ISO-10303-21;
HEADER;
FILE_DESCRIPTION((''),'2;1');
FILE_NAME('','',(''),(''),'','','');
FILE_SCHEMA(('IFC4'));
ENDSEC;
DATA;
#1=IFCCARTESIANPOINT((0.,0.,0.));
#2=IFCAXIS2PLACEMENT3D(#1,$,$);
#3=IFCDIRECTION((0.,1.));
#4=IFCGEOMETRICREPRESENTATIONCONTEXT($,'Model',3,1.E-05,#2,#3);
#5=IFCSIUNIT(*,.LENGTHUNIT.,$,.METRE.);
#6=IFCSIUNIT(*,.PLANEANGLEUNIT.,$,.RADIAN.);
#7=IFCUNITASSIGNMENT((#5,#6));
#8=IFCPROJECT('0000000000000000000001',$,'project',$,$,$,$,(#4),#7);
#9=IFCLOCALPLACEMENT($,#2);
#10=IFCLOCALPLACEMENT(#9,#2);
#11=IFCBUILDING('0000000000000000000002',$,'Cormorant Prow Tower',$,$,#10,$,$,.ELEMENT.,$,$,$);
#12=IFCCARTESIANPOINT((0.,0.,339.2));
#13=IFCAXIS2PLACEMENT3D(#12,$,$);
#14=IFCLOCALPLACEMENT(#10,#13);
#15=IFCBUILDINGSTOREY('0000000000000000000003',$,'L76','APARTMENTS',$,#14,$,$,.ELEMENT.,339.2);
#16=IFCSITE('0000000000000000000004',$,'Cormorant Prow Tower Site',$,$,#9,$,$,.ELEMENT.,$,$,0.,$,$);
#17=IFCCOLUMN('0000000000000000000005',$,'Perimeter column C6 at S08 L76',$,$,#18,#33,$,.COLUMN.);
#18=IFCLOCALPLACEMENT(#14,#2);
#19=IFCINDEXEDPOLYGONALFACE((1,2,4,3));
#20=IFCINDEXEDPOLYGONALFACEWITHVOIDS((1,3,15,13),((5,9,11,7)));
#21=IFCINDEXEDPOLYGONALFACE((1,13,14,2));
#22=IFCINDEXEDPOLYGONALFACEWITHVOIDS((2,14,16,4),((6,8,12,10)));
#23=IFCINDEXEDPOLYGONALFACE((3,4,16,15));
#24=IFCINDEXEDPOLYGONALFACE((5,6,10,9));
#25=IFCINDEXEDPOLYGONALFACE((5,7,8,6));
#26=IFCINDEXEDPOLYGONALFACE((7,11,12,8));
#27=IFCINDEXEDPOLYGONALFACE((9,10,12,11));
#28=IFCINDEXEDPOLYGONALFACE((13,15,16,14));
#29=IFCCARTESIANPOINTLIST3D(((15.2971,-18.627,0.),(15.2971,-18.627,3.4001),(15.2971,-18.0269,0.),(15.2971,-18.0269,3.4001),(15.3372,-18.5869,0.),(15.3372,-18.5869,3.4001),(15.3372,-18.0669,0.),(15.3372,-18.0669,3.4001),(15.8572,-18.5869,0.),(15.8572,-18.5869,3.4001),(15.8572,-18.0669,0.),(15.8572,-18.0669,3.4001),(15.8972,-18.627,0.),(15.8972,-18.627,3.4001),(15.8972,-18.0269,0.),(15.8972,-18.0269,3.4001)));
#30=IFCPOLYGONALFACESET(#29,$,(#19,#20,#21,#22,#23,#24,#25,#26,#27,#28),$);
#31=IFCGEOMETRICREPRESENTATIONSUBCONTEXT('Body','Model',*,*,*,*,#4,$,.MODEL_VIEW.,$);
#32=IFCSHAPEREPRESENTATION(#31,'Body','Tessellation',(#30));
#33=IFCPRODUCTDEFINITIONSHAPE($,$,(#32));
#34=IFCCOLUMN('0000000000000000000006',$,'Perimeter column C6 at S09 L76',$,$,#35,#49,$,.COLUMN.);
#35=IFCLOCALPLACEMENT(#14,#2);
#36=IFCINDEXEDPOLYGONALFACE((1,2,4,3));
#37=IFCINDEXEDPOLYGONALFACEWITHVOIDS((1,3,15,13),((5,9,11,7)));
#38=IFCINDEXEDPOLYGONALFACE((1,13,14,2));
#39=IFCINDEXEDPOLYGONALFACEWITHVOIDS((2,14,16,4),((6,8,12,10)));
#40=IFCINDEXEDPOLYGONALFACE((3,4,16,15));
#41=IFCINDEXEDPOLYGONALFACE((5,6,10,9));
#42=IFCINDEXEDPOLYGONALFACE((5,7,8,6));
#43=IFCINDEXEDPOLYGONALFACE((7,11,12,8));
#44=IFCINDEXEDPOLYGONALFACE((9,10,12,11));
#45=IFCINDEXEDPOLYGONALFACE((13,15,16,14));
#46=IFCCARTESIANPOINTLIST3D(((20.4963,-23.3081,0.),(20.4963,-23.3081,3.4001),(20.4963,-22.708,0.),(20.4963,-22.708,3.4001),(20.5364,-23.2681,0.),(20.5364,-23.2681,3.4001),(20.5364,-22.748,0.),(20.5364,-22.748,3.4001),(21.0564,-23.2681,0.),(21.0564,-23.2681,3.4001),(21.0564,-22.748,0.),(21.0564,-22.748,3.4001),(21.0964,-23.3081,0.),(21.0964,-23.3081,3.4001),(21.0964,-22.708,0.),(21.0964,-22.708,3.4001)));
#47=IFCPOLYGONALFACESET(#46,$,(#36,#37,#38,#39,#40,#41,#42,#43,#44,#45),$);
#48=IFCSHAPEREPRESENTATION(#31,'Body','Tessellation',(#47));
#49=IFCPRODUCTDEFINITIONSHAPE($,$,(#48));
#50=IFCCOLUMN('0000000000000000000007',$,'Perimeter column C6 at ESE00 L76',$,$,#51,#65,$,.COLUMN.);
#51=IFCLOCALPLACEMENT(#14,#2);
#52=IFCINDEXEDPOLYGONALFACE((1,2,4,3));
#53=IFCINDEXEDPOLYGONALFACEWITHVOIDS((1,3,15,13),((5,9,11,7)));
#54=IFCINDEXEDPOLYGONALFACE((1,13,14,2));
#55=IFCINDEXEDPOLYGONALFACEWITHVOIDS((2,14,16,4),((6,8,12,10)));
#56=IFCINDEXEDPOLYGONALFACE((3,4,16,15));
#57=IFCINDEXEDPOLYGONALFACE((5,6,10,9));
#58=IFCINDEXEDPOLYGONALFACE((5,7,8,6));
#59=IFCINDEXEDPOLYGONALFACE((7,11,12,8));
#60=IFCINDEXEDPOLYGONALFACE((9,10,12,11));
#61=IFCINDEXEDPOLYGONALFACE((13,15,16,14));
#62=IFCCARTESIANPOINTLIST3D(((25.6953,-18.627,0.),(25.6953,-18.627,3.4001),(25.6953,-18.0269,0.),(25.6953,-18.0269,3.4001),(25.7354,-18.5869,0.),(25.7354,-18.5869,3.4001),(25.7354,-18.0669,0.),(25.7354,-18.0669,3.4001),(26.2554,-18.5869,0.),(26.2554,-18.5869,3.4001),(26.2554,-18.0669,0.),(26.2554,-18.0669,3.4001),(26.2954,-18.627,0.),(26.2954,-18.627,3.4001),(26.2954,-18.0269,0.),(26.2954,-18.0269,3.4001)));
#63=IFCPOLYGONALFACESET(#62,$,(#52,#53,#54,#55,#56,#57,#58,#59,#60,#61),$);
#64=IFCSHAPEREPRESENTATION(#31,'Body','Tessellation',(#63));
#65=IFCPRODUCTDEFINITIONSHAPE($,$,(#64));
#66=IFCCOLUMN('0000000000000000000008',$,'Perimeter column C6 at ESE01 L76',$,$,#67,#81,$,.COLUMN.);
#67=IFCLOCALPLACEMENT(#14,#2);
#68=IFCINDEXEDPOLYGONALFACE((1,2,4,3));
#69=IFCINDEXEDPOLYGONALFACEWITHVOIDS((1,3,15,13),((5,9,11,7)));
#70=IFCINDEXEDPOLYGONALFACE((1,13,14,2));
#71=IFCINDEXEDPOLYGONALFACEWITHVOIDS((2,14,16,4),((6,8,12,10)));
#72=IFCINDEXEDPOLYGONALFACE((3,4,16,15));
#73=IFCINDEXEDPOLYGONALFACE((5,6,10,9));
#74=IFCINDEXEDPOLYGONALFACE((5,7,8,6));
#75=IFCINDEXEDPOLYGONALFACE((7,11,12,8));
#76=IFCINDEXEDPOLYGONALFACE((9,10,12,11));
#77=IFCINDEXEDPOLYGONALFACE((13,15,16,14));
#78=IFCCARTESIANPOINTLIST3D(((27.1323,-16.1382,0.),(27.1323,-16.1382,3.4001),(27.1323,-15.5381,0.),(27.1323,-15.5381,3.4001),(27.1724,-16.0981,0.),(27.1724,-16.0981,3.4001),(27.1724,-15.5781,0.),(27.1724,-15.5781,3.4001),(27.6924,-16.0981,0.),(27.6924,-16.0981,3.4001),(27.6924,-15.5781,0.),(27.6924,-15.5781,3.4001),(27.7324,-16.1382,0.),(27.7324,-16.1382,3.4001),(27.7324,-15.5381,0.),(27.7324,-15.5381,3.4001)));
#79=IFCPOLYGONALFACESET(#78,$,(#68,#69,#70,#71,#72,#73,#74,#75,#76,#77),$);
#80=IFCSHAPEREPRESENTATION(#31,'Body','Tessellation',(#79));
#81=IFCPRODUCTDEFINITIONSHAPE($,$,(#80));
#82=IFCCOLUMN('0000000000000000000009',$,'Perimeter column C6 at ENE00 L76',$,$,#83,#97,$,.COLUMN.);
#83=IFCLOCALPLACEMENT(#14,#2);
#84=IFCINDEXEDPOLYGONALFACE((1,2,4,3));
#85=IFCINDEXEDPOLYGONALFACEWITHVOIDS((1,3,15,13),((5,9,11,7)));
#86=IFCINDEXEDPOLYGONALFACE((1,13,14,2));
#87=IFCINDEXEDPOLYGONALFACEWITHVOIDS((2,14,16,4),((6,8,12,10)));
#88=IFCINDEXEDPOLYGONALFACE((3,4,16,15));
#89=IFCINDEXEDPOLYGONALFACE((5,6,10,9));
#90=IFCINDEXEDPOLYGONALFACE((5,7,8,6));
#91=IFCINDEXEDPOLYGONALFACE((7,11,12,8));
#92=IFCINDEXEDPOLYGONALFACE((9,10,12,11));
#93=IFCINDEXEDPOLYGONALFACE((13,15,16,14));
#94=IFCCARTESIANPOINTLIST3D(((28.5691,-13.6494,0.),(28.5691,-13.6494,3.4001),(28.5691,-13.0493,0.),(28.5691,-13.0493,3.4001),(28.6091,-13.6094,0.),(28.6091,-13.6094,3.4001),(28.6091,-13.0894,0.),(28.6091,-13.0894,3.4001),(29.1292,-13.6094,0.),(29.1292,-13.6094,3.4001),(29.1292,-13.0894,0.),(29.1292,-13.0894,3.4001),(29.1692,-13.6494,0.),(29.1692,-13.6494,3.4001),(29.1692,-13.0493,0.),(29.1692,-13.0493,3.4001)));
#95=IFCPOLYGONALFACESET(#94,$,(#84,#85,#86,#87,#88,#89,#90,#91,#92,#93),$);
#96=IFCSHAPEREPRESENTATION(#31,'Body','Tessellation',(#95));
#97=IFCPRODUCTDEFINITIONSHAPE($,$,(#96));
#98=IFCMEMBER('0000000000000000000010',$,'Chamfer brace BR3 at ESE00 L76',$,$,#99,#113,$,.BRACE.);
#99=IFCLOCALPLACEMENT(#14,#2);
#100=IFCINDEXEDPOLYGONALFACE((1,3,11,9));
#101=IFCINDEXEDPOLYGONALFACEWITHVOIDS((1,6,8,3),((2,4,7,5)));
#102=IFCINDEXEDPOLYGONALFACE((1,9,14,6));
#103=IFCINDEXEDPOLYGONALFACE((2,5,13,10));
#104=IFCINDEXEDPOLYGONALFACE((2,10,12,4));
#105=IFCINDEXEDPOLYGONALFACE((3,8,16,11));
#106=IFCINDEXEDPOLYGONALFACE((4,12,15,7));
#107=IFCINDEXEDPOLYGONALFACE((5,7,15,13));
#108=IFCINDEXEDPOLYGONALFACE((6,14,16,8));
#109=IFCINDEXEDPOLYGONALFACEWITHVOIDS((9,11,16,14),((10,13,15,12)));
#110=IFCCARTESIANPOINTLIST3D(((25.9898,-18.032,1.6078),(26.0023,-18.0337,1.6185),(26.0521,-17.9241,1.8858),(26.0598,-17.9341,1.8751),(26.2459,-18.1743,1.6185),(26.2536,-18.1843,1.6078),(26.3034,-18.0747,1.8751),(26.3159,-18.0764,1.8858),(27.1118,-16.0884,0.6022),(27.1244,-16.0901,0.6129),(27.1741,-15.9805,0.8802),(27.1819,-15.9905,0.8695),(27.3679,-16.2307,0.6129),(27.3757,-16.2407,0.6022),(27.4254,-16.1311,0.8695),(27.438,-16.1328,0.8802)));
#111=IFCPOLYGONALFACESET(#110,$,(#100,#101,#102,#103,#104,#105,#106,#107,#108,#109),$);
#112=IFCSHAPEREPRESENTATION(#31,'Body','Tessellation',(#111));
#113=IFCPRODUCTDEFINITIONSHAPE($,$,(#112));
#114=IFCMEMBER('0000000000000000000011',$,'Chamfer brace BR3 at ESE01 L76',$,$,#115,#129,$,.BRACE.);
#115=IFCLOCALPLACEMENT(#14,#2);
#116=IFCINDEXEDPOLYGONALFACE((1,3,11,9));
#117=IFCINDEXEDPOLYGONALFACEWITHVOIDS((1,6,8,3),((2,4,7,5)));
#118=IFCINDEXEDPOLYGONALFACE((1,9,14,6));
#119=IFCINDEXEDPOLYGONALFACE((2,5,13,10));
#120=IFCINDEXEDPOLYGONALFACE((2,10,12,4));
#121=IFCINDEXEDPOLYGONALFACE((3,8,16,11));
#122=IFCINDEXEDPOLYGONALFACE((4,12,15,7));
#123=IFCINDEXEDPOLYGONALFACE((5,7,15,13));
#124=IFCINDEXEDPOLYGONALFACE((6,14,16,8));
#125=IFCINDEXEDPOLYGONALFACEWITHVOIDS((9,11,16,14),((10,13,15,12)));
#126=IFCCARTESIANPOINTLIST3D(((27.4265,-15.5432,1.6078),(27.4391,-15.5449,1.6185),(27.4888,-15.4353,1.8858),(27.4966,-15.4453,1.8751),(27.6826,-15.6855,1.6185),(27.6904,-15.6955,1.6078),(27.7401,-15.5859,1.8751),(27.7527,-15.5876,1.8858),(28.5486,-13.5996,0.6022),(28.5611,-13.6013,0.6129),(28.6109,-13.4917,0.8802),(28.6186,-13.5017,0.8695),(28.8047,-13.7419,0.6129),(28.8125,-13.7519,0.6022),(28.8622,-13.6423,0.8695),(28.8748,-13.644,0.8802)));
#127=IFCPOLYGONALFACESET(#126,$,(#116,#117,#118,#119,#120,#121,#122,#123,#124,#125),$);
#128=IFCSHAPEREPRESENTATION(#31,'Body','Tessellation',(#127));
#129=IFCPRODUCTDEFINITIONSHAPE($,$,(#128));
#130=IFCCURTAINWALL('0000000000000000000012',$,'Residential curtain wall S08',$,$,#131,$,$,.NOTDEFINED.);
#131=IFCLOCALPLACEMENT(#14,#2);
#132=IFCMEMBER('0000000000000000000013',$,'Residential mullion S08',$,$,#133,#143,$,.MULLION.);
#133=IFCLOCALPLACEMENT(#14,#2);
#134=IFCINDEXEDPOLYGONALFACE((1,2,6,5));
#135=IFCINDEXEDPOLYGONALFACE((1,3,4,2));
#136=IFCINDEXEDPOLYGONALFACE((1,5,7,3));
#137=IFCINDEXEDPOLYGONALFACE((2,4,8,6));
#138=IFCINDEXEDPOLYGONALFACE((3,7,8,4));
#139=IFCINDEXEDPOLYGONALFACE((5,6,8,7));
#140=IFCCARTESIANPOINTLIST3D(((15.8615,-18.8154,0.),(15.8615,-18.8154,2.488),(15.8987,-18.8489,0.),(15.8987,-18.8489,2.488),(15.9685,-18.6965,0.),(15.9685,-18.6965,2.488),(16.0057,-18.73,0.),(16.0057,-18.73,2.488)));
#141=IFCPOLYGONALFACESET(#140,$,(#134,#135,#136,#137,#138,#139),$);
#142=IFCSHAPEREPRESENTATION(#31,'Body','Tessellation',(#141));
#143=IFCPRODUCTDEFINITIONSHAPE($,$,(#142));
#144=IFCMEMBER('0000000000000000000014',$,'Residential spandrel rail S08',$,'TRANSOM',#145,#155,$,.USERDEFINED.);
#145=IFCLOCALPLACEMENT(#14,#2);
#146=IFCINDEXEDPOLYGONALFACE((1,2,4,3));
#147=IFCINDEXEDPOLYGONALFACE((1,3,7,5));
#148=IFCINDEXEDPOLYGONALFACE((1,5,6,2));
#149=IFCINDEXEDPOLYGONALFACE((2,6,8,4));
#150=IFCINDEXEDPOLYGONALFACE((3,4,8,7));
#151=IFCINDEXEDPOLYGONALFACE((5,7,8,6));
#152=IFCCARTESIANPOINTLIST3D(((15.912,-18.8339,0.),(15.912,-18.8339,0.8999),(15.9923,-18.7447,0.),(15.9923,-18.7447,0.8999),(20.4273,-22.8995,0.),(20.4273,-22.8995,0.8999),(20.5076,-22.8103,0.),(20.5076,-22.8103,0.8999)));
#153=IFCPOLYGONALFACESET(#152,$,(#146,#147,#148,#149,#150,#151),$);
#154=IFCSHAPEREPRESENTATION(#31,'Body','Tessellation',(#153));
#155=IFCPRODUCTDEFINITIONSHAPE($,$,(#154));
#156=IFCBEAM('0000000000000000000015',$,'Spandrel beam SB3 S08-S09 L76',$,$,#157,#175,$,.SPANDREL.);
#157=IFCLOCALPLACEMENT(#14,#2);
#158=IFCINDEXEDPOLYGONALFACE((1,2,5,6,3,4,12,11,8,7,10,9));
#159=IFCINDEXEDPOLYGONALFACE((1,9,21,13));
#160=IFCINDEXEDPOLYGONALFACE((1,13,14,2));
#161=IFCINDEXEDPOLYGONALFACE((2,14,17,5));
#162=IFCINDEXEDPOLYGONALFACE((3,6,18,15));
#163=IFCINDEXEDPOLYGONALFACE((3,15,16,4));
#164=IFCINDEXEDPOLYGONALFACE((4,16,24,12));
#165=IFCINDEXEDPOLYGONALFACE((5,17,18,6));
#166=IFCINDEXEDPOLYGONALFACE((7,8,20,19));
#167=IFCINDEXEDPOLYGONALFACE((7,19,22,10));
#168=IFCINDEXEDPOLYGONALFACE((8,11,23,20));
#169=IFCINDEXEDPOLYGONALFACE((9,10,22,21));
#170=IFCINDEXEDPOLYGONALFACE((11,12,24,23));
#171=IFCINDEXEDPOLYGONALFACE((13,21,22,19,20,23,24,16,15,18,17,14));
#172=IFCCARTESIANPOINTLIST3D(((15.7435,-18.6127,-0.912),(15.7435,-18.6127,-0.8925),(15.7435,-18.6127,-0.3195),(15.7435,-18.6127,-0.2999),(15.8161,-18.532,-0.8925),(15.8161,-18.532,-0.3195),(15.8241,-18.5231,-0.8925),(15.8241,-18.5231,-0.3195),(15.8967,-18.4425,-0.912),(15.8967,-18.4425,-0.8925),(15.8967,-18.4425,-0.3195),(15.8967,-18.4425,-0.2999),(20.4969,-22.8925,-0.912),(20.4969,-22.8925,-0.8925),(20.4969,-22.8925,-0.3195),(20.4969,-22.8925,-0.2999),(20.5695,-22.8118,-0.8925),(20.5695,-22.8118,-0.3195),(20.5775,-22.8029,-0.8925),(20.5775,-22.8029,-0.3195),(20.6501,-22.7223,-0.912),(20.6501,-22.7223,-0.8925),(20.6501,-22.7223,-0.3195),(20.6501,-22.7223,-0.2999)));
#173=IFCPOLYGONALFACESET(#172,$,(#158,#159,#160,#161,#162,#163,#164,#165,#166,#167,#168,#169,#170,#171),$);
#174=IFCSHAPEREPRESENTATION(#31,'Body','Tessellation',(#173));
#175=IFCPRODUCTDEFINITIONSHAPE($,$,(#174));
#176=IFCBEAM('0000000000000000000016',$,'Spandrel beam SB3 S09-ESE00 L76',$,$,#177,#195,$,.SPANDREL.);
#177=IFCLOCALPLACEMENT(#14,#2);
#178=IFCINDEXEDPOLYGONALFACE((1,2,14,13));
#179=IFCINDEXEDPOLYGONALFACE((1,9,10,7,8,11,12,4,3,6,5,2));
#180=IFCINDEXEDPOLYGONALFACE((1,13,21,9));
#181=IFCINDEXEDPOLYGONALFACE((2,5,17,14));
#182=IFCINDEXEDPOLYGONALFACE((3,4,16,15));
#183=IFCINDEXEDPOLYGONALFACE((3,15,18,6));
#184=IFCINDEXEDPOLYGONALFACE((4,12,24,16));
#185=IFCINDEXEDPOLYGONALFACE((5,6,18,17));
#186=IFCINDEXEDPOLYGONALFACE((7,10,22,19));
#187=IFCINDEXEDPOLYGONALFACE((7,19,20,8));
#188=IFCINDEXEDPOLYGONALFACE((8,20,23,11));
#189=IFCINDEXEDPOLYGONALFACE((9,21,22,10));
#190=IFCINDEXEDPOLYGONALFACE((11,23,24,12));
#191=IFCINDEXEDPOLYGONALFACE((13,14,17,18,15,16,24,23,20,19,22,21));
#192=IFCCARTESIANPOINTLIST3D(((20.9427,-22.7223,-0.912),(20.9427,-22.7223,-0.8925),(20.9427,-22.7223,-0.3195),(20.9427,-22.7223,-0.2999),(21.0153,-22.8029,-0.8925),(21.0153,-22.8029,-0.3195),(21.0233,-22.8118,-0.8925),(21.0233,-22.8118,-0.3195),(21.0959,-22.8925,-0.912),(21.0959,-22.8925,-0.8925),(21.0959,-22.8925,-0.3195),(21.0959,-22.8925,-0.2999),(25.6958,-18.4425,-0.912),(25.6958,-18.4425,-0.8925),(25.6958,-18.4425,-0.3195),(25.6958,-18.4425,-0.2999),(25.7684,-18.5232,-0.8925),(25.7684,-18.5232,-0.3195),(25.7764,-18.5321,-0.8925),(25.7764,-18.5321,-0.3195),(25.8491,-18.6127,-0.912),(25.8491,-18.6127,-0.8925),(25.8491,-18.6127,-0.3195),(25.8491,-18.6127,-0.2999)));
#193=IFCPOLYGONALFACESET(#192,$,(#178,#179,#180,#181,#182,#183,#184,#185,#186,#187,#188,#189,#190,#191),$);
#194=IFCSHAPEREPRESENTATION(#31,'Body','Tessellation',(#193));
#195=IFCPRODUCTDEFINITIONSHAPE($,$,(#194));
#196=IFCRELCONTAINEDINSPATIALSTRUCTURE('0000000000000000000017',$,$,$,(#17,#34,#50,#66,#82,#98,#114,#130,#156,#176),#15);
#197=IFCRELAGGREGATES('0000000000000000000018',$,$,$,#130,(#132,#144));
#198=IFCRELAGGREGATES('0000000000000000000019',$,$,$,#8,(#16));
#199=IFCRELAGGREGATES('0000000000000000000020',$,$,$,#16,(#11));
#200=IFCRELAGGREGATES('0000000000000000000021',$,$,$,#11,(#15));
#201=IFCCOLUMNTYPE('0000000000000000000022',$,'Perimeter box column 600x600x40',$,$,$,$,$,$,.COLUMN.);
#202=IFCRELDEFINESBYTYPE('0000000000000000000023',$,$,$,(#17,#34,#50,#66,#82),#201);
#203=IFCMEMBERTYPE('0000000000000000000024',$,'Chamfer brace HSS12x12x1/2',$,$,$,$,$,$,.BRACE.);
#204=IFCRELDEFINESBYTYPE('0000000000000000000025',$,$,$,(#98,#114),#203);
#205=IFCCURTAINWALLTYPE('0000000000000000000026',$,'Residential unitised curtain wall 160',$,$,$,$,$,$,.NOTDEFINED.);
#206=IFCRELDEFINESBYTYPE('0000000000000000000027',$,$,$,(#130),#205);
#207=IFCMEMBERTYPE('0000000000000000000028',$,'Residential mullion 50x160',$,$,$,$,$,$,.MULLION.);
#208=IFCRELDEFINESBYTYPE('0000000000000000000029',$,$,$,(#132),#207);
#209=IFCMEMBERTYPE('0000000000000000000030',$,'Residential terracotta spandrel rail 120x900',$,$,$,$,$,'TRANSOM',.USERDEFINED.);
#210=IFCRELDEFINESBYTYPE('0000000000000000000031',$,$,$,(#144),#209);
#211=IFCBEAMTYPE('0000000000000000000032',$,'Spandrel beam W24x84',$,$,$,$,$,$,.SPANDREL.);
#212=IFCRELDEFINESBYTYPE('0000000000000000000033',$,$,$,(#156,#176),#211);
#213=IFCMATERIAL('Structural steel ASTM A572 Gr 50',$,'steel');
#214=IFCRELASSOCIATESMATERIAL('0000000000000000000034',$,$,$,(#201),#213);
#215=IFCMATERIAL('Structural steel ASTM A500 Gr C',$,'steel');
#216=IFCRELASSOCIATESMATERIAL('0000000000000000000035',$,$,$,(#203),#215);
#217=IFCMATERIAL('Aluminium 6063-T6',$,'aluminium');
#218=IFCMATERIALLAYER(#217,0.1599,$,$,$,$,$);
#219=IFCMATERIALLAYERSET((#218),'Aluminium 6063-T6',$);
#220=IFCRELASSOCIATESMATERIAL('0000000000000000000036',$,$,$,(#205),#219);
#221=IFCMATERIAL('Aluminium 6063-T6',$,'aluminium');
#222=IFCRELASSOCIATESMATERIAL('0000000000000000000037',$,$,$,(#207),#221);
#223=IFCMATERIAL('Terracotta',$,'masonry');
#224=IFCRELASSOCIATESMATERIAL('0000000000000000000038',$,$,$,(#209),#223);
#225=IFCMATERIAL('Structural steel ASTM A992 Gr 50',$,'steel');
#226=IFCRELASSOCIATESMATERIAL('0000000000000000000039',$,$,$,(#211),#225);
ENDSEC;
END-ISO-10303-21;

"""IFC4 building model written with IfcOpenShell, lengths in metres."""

from ifc_helpers import new_model, si_unit, direction, frame, origin, origin_2d, place, context, subcontext, project, spatial, rectangle, hollow_rectangle, i_section, extrude, material, layer, layer_set, material_profile, profile_set, type_object, element, aggregate, save


model = new_model("IFC4")

# Units and contexts
model_context = context("Model", 3, precision=1e-05, world=origin(), true_north=direction((0.0, 1.0)))
body_context = subcontext(model_context, "Body", "Model", "MODEL_VIEW")
ifc_project = project(units=[si_unit("LENGTHUNIT", "METRE"), si_unit("PLANEANGLEUNIT", "RADIAN")], contexts=[model_context])

# Site, building, storey
site_placement = place(None, origin())
site = spatial("IfcSite", under=ifc_project, at=site_placement, Name="Cormorant Prow Tower Site", CompositionType="ELEMENT", RefElevation=0.0)
building_placement = place(site_placement, origin())
building = spatial("IfcBuilding", under=site, at=building_placement, Name="Cormorant Prow Tower", CompositionType="ELEMENT")
storey_placement = place(building_placement, frame((0.0, 0.0, 339.2)))
storey = spatial("IfcBuildingStorey", under=building, at=storey_placement, Name="L76", Description="APARTMENTS", CompositionType="ELEMENT", Elevation=339.2)

# Columns
ifc_material_1 = material(Name="Structural steel ASTM A572 Gr 50", Category="steel")
ifc_material_profile_1 = material_profile(ifc_material_1, hollow_rectangle(XDim=0.6001, YDim=0.6001, WallThickness=0.04, at=origin_2d()), Name="Box 600x600x40")
ifc_profile_set_1 = profile_set([ifc_material_profile_1], Name="Structural steel ASTM A572 Gr 50")
column_type = type_object("IfcColumnType", Name="Perimeter box column 600x600x40", PredefinedType="COLUMN", material=ifc_profile_set_1)
for number, where, z_axis, x_axis, name in (
    (1, (15.5972, -18.3269, 0.0), (0.0, 0.0, 1.0), (1.0, 0.0, 0.0), "Perimeter column C6 at S08 L76"),
    (2, (20.7964, -23.0081, 0.0), (0.0, 0.0, 1.0), (1.0, 0.0, 0.0), "Perimeter column C6 at S09 L76"),
    (3, (25.9954, -18.3269, 0.0), (0.0, 0.0, 1.0), (1.0, 0.0, 0.0), "Perimeter column C6 at ESE00 L76"),
    (4, (27.4324, -15.8381, 0.0), (0.0, 0.0, 1.0), (1.0, 0.0, 0.0), "Perimeter column C6 at ESE01 L76"),
    (5, (28.8691, -13.3494, 0.0), (0.0, 0.0, 1.0), (1.0, 0.0, 0.0), "Perimeter column C6 at ENE00 L76"),
):
    element("IfcColumn", number, at=place(storey_placement, frame(where, z_axis=z_axis, x_axis=x_axis)), inside=storey, type_object=column_type, Name=name, PredefinedType="COLUMN", context=body_context, shape_type="SweptSolid", body=[
        extrude(hollow_rectangle(XDim=0.6001, YDim=0.6001, WallThickness=0.04, at=origin_2d()), origin(), (0.0, 0.0, 1.0), 3.4001),
    ])

# Members
ifc_material_2 = material(Name="Structural steel ASTM A500 Gr C", Category="steel")
ifc_material_profile_2 = material_profile(ifc_material_2, hollow_rectangle(XDim=0.3047, YDim=0.3047, WallThickness=0.0117, at=origin_2d()), Name="HSS12x12x1/2")
ifc_profile_set_2 = profile_set([ifc_material_profile_2], Name="Structural steel ASTM A500 Gr C")
member_type_1 = type_object("IfcMemberType", Name="Chamfer brace HSS12x12x1/2", PredefinedType="BRACE", material=ifc_profile_set_2)
for number, where, z_axis, x_axis, name in (
    (6, (27.2749, -16.1106, 0.7412), (-0.456266, -0.790324, 0.408912), (0.866039, -0.499977, 0.0), "Chamfer brace BR3 at ESE00 L76"),
    (7, (28.7117, -13.6218, 0.7412), (-0.456266, -0.790324, 0.408912), (0.866039, -0.499977, 0.0), "Chamfer brace BR3 at ESE01 L76"),
):
    element("IfcMember", number, at=place(storey_placement, frame(where, z_axis=z_axis, x_axis=x_axis)), inside=storey, type_object=member_type_1, Name=name, PredefinedType="BRACE", context=body_context, shape_type="SweptSolid", body=[
        extrude(hollow_rectangle(XDim=0.3047, YDim=0.3047, WallThickness=0.0117, at=origin_2d()), origin(), (0.0, 0.0, 1.0), 2.4592),
    ])

# Curtain wall, members
ifc_material_3 = material(Name="Aluminium 6063-T6", Category="aluminium")
ifc_layer_1 = layer(ifc_material_3, 0.1599)
ifc_layer_set_1 = layer_set([ifc_layer_1], Name="Aluminium 6063-T6")
curtain_wall_type = type_object("IfcCurtainWallType", Name="Residential unitised curtain wall 160", PredefinedType="NOTDEFINED", material=ifc_layer_set_1)
curtain_wall_placement = place(storey_placement, origin())
curtain_wall = element("IfcCurtainWall", 8, at=curtain_wall_placement, inside=storey, type_object=curtain_wall_type, Name="Residential curtain wall S08", PredefinedType="NOTDEFINED")
ifc_material_4 = material(Name="Aluminium 6063-T6", Category="aluminium")
ifc_material_profile_3 = material_profile(ifc_material_4, rectangle(XDim=0.1599, YDim=0.05, at=origin_2d()), Name="Residential mullion 50x160")
ifc_profile_set_3 = profile_set([ifc_material_profile_3], Name="Aluminium 6063-T6")
member_type_2 = type_object("IfcMemberType", Name="Residential mullion 50x160", PredefinedType="MULLION", material=ifc_profile_set_3)
member_1_placement = place(storey_placement, frame((15.9336, -18.7727, 0.0), z_axis=(0.0, 0.0, 1.0), x_axis=(0.669131, 0.743145, 0.0)))
member_1 = element("IfcMember", 9, at=member_1_placement, type_object=member_type_2, Name="Residential mullion S08", PredefinedType="MULLION", context=body_context, shape_type="SweptSolid", body=[
    extrude(rectangle(XDim=0.1599, YDim=0.05, at=origin_2d()), origin(), (0.0, 0.0, 1.0), 2.488),
])
ifc_material_5 = material(Name="Terracotta", Category="masonry")
ifc_material_profile_4 = material_profile(ifc_material_5, rectangle(XDim=0.1201, YDim=0.8999, at=origin_2d()), Name="Residential terracotta spandrel rail 120x900")
ifc_profile_set_4 = profile_set([ifc_material_profile_4], Name="Terracotta")
member_type_3 = type_object("IfcMemberType", Name="Residential terracotta spandrel rail 120x900", ElementType="TRANSOM", PredefinedType="USERDEFINED", material=ifc_profile_set_4)
member_2_placement = place(storey_placement, frame((15.9521, -18.7893, 0.45), z_axis=(0.743144, -0.669131, 0.0), x_axis=(0.669131, 0.743144, 0.0)))
member_2 = element("IfcMember", 10, at=member_2_placement, type_object=member_type_3, Name="Residential spandrel rail S08", ObjectType="TRANSOM", PredefinedType="USERDEFINED", context=body_context, shape_type="SweptSolid", body=[
    extrude(rectangle(XDim=0.1201, YDim=0.8999, at=origin_2d()), origin(), (0.0, 0.0, 1.0), 6.0759),
])

# Beams
ifc_material_6 = material(Name="Structural steel ASTM A992 Gr 50", Category="steel")
ifc_material_profile_5 = material_profile(ifc_material_6, i_section(OverallWidth=0.229, OverallDepth=0.6121, WebThickness=0.012, FlangeThickness=0.0195, at=origin_2d()), Name="W24x84")
ifc_profile_set_5 = profile_set([ifc_material_profile_5], Name="Structural steel ASTM A992 Gr 50")
beam_type = type_object("IfcBeamType", Name="Spandrel beam W24x84", PredefinedType="SPANDREL", material=ifc_profile_set_5)
beam_1_placement = place(storey_placement, frame((15.8201, -18.5276, -0.606), z_axis=(0.743161, -0.669112, 0.0), x_axis=(0.669112, 0.743161, 0.0)))
element("IfcBeam", 11, at=beam_1_placement, inside=storey, type_object=beam_type, Name="Spandrel beam SB3 S08-S09 L76", PredefinedType="SPANDREL", context=body_context, shape_type="SweptSolid", body=[
    extrude(i_section(OverallWidth=0.229, OverallDepth=0.6121, WebThickness=0.012, FlangeThickness=0.0195, at=origin_2d()), origin(), (0.0, 0.0, 1.0), 6.3962),
])
beam_2_placement = place(storey_placement, frame((21.0193, -22.8074, -0.606), z_axis=(0.743144, 0.669131, 0.0), x_axis=(-0.669131, 0.743144, 0.0)))
element("IfcBeam", 12, at=beam_2_placement, inside=storey, type_object=beam_type, Name="Spandrel beam SB3 S09-ESE00 L76", PredefinedType="SPANDREL", context=body_context, shape_type="SweptSolid", body=[
    extrude(i_section(OverallWidth=0.229, OverallDepth=0.6121, WebThickness=0.012, FlangeThickness=0.0195, at=origin_2d()), origin(), (0.0, 0.0, 1.0), 6.396),
])

aggregate(curtain_wall, [member_1, member_2])

save(model, "model.ifc")
